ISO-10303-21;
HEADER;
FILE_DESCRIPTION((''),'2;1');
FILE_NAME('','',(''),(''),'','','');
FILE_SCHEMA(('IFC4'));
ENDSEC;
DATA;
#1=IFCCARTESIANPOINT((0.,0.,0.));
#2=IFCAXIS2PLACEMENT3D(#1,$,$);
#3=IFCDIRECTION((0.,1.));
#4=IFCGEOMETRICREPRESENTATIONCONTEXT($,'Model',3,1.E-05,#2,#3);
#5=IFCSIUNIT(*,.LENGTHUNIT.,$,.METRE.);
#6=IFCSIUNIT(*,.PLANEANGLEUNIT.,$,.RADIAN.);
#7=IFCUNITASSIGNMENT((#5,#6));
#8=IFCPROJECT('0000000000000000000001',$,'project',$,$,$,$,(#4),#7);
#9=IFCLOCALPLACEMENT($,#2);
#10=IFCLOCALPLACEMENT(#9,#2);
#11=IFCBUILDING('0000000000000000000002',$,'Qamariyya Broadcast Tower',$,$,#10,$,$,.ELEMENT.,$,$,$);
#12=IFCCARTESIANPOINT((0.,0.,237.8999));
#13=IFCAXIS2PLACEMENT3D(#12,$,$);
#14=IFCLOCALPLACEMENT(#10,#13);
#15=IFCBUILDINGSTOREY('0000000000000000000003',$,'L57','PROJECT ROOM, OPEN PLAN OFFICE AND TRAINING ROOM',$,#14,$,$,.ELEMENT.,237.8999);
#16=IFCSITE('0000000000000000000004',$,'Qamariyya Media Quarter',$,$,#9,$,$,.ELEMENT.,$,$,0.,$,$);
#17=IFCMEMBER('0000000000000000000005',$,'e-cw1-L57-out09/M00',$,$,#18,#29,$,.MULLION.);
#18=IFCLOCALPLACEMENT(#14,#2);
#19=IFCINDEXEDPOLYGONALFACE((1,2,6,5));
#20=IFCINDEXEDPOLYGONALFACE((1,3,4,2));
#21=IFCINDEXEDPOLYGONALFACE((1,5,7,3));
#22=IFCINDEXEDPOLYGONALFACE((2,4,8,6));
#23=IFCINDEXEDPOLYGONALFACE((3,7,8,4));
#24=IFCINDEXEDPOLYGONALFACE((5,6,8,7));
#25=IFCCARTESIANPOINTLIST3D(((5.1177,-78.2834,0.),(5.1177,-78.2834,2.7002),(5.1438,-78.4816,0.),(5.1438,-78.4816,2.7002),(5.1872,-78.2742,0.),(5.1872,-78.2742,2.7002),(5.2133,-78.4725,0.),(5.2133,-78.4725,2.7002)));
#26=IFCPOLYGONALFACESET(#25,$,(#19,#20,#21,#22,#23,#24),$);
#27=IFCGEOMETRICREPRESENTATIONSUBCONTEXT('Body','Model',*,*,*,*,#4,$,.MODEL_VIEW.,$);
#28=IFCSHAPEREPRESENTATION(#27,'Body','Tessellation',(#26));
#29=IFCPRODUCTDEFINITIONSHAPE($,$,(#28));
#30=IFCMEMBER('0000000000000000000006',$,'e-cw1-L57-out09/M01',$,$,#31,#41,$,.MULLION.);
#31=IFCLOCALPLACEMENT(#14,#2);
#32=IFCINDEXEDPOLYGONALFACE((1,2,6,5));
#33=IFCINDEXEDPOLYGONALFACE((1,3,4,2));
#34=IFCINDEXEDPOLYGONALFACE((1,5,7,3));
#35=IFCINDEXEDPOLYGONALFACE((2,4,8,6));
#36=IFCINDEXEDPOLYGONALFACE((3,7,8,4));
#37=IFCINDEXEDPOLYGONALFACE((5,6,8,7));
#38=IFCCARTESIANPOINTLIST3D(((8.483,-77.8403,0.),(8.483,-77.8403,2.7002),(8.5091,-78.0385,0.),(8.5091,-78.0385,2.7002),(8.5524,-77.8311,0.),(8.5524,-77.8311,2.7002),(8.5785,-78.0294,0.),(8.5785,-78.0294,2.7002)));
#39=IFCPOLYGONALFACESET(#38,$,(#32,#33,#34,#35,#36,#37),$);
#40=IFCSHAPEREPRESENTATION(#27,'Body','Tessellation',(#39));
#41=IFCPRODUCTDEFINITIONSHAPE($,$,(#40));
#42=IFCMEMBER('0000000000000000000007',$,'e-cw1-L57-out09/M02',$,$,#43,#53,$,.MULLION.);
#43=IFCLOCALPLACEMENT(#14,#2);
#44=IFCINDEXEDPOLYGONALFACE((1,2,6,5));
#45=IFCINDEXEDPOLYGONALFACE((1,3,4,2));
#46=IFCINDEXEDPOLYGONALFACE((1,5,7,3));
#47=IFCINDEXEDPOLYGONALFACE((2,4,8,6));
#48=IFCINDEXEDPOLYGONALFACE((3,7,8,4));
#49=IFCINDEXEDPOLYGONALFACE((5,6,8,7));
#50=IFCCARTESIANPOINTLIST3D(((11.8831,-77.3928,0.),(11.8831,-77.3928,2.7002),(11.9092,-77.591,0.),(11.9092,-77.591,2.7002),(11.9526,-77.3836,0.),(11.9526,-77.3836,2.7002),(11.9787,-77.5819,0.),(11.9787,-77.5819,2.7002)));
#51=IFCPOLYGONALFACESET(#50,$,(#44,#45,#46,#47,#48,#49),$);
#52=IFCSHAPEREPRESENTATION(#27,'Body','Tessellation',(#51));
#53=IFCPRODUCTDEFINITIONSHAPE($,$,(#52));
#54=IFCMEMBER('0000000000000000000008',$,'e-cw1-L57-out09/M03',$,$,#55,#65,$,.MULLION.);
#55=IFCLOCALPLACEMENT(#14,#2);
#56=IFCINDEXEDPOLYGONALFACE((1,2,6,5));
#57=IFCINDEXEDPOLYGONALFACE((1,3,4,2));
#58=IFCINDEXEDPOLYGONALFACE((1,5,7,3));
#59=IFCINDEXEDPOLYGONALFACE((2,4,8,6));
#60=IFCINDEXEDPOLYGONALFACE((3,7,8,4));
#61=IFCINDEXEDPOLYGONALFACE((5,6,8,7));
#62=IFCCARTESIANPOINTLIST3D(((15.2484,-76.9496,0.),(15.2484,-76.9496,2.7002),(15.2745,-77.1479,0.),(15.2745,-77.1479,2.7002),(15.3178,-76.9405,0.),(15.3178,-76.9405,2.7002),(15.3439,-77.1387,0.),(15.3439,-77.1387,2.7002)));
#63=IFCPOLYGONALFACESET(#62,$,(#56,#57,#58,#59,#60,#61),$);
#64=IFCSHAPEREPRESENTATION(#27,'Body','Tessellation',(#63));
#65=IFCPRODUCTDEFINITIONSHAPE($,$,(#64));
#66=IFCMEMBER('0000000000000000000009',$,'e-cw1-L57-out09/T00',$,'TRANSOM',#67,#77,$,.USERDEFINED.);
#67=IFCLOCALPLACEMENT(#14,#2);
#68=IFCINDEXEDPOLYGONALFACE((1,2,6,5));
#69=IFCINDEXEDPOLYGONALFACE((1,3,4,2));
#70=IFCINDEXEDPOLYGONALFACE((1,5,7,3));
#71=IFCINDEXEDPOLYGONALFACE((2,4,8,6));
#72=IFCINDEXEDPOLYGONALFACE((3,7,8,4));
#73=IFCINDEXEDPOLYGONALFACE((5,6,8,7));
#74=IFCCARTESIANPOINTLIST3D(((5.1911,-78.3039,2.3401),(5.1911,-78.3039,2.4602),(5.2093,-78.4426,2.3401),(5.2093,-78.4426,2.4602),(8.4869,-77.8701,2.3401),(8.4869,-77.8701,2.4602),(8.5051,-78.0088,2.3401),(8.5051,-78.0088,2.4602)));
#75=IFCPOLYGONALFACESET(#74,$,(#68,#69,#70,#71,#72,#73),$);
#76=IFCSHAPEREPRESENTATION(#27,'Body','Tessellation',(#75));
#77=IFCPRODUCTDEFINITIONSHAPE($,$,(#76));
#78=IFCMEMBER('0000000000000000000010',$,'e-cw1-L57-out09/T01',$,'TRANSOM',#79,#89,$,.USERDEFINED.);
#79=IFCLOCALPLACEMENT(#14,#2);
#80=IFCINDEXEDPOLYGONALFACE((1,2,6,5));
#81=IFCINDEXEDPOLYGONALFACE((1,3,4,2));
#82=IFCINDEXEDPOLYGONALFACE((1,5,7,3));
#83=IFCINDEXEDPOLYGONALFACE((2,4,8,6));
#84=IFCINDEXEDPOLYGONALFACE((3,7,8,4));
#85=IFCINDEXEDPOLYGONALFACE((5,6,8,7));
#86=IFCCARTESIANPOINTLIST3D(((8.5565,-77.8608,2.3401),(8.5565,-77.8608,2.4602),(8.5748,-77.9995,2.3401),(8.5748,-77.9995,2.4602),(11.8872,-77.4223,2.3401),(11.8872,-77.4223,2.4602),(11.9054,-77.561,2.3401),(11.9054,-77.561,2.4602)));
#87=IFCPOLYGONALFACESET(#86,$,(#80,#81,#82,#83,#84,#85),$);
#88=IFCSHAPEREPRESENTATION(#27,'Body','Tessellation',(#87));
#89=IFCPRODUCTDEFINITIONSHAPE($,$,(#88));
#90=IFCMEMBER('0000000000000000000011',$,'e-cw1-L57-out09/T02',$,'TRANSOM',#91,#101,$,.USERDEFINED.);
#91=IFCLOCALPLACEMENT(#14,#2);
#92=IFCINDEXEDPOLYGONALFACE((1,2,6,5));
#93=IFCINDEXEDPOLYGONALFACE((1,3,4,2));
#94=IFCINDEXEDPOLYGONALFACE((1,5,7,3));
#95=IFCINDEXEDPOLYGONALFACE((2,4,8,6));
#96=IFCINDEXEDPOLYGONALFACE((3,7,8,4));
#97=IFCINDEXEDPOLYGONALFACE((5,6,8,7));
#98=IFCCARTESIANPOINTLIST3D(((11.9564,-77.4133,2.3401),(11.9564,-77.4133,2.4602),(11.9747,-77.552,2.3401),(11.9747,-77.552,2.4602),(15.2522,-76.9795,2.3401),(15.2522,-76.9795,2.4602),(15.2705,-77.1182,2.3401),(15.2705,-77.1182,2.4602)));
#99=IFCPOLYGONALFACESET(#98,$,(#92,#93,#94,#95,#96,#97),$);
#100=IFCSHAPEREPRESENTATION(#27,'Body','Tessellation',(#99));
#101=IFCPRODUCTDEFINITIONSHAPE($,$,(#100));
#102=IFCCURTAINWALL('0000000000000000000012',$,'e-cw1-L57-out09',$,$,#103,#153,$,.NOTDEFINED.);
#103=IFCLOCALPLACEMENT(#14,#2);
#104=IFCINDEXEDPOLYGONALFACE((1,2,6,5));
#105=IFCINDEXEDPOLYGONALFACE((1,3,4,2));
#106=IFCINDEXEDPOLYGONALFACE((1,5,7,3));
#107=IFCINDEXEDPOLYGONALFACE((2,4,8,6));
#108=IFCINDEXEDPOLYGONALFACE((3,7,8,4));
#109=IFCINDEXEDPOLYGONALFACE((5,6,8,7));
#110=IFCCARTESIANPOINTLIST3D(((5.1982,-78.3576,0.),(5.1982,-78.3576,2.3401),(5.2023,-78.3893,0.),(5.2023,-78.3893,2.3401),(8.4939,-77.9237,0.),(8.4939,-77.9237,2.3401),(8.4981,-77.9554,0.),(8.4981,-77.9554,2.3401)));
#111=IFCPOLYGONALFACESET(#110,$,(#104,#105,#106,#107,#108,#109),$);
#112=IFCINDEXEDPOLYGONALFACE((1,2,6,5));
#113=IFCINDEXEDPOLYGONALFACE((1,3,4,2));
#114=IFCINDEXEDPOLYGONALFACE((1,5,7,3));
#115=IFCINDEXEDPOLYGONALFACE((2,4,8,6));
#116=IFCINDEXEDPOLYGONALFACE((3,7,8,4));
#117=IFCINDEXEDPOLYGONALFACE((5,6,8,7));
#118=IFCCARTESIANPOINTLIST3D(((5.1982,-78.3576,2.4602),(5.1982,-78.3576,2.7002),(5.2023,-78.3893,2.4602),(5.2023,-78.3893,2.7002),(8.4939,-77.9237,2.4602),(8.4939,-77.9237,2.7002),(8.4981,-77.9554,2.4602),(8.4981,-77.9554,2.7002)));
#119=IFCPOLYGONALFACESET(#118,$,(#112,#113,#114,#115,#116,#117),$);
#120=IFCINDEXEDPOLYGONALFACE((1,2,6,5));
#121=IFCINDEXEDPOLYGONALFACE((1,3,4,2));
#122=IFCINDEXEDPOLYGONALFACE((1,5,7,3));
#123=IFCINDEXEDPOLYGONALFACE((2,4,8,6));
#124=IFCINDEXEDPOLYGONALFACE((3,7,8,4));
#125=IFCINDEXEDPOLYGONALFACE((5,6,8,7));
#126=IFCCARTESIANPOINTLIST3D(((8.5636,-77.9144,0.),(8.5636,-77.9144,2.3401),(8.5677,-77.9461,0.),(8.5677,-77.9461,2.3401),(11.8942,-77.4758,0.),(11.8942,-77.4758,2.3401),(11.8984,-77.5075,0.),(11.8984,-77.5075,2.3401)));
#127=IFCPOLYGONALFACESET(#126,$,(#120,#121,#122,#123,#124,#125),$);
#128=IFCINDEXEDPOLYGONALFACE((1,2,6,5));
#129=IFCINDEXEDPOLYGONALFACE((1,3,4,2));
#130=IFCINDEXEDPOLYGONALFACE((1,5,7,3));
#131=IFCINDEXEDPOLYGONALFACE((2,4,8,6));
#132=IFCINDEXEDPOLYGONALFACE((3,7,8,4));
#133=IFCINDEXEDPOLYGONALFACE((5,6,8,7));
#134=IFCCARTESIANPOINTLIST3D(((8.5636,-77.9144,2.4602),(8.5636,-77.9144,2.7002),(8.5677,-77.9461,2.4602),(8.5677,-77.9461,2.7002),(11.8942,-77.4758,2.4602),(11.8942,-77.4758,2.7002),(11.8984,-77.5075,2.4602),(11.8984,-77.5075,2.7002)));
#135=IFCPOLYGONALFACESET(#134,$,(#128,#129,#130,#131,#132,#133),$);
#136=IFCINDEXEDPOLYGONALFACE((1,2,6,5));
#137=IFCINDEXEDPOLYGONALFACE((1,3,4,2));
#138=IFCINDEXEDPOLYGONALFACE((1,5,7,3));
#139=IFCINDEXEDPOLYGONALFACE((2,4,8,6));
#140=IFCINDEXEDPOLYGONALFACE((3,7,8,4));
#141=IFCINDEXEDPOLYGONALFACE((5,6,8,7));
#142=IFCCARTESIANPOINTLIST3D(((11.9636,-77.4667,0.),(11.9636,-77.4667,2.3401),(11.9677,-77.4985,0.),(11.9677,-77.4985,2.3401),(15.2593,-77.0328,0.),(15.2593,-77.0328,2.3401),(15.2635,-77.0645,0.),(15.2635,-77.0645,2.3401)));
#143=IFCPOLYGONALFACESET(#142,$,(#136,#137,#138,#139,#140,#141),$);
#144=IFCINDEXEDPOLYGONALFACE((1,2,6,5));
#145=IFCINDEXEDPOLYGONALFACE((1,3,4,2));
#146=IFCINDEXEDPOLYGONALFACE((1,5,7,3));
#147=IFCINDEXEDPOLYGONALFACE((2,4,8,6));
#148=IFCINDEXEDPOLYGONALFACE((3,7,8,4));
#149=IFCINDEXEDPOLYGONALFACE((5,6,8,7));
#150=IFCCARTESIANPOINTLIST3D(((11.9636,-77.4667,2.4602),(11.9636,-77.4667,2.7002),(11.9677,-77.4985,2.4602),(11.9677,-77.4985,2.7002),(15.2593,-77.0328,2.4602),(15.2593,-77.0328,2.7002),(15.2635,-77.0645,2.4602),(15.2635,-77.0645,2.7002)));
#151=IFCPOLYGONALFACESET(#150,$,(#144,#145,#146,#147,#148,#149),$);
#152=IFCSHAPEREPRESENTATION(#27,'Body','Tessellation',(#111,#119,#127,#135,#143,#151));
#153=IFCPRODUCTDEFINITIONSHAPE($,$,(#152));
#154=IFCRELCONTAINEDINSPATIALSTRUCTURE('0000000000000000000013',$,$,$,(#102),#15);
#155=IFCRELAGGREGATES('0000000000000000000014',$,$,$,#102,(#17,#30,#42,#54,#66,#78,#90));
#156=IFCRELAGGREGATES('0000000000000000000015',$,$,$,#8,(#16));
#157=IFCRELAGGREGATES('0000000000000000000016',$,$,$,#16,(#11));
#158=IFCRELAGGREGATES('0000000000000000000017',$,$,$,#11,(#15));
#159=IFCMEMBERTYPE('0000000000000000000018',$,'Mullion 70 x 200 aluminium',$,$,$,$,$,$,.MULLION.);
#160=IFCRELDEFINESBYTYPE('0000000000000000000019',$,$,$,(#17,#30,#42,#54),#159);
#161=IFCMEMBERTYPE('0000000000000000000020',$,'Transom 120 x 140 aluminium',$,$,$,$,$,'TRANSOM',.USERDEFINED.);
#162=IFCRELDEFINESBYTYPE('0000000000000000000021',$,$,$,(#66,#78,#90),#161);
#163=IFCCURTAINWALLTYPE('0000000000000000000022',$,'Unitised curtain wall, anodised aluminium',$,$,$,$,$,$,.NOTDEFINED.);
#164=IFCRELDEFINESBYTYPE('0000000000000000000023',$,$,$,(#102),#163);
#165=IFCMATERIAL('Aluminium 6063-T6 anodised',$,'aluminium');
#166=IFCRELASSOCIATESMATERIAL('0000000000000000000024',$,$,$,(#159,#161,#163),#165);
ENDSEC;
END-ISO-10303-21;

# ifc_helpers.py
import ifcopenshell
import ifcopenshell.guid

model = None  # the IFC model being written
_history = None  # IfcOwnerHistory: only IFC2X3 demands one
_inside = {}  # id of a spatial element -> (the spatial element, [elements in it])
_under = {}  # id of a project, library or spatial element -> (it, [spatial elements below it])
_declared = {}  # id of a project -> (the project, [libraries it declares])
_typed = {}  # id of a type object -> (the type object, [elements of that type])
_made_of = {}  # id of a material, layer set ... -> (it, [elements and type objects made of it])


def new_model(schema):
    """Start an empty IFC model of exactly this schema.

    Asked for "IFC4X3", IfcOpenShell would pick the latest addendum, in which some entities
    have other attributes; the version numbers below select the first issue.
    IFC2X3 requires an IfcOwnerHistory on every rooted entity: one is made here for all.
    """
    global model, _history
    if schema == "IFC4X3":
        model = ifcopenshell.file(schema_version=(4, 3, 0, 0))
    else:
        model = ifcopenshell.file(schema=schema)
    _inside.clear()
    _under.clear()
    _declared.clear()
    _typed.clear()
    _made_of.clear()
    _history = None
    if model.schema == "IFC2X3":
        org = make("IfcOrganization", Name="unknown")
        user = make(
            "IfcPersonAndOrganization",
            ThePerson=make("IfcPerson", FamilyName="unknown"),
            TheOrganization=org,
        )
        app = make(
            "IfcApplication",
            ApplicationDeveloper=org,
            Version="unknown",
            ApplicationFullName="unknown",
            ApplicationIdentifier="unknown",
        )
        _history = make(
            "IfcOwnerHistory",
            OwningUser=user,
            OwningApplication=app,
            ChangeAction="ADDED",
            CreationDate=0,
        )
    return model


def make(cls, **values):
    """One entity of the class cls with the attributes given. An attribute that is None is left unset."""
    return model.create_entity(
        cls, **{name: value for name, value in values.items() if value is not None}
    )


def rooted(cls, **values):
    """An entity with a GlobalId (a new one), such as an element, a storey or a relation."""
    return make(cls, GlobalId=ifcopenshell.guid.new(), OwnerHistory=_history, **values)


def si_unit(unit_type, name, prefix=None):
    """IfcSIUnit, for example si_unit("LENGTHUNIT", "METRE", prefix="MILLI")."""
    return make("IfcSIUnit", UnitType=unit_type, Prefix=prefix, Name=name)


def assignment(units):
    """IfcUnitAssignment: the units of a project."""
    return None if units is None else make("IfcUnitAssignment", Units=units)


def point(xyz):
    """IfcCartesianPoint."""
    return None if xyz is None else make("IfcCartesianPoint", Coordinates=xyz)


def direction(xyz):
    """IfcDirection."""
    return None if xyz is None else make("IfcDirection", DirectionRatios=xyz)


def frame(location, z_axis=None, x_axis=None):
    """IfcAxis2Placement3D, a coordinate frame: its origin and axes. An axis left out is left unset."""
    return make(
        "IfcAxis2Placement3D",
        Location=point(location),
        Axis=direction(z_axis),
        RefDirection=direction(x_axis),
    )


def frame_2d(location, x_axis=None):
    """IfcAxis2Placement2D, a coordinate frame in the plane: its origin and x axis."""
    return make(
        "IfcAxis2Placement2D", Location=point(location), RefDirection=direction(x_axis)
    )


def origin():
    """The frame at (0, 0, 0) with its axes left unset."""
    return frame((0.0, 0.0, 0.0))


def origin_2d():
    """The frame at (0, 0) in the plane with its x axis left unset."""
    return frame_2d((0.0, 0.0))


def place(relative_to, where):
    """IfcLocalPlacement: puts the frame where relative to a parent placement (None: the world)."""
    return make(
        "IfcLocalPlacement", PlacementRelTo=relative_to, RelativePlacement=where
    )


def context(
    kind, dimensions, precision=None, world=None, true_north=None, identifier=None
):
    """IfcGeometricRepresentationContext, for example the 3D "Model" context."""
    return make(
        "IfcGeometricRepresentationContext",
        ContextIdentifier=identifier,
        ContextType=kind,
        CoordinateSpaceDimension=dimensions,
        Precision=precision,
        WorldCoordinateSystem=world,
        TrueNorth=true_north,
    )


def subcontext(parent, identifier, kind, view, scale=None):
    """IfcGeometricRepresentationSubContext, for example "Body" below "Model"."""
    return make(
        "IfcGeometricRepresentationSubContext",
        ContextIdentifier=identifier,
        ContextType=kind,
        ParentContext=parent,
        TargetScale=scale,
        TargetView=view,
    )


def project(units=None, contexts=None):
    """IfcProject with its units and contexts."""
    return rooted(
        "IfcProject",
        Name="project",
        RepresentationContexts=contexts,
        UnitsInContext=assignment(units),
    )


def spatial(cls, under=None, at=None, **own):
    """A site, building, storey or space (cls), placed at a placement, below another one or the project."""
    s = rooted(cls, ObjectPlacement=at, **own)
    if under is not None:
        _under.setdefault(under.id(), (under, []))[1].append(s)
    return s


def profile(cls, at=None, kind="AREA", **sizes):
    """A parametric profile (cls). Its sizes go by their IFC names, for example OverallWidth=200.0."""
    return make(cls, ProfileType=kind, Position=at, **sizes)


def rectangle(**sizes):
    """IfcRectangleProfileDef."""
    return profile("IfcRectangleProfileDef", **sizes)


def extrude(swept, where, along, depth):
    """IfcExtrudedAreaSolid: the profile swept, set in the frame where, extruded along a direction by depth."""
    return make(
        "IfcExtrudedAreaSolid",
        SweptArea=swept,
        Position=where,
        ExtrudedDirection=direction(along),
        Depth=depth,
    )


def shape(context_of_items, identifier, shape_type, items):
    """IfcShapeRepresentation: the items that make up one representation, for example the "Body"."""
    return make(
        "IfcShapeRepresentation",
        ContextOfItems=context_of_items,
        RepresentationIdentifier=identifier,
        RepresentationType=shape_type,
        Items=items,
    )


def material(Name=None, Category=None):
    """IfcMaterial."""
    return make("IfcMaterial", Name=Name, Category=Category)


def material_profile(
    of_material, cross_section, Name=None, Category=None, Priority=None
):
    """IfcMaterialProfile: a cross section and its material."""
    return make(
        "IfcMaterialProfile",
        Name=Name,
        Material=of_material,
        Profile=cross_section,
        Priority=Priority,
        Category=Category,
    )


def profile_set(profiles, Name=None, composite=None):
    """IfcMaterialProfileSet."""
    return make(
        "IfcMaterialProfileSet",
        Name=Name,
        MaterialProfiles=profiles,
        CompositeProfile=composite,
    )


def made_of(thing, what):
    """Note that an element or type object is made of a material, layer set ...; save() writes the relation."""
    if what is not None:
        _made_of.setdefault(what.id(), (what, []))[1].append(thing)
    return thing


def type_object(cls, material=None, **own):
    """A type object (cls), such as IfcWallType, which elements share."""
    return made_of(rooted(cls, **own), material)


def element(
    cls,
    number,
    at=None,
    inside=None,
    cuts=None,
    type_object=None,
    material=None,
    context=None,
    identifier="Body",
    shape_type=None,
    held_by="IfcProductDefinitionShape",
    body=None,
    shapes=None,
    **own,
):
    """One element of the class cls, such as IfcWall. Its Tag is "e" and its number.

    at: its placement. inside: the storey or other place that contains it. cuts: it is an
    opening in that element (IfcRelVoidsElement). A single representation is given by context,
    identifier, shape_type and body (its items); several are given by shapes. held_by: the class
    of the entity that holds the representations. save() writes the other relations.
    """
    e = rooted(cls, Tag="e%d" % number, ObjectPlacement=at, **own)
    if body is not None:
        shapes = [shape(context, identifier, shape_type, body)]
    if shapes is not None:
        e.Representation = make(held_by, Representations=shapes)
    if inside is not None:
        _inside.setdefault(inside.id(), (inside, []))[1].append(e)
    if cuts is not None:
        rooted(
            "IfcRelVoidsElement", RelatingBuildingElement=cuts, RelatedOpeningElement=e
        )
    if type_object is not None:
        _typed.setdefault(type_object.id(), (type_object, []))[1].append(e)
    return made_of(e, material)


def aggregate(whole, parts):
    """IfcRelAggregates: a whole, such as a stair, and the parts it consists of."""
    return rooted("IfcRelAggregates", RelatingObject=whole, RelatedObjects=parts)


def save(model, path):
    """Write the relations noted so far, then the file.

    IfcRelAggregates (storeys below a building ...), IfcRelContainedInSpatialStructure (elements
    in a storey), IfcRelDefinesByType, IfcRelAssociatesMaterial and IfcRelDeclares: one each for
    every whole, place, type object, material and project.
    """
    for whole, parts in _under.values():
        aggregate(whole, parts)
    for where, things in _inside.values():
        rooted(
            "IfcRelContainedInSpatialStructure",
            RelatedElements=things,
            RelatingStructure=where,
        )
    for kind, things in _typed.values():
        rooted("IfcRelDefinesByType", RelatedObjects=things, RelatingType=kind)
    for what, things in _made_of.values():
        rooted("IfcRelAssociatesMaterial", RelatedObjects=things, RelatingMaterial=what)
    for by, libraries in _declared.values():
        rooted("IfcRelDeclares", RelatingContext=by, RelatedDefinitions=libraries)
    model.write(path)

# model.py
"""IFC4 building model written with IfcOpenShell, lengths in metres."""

from ifc_helpers import new_model, si_unit, direction, frame, origin, origin_2d, place, context, subcontext, project, spatial, rectangle, extrude, material, material_profile, profile_set, type_object, element, aggregate, save


model = new_model("IFC4")

# Units and contexts
model_context = context("Model", 3, precision=1e-05, world=origin(), true_north=direction((0.0, 1.0)))
body_context = subcontext(model_context, "Body", "Model", "MODEL_VIEW")
ifc_project = project(units=[si_unit("LENGTHUNIT", "METRE"), si_unit("PLANEANGLEUNIT", "RADIAN")], contexts=[model_context])

# Members
ifc_material = material(Name="Aluminium 6063-T6 anodised", Category="aluminium")
ifc_material_profile_1 = material_profile(ifc_material, rectangle(XDim=0.2, YDim=0.0701, at=origin_2d()))
ifc_profile_set_1 = profile_set([ifc_material_profile_1], Name="Aluminium 6063-T6 anodised")
member_type_1 = type_object("IfcMemberType", Name="Mullion 70 x 200 aluminium", PredefinedType="MULLION", material=ifc_profile_set_1)
site_placement = place(None, origin())
building_placement = place(site_placement, origin())
storey_placement = place(building_placement, frame((0.0, 0.0, 237.8999)))
member_1_placement = place(storey_placement, frame((5.1655, -78.3779, 0.0), z_axis=(0.0, 0.0, 1.0), x_axis=(-0.130526, 0.991445, 0.0)))
member_1 = element("IfcMember", 1, at=member_1_placement, type_object=member_type_1, Name="e-cw1-L57-out09/M00", PredefinedType="MULLION", context=body_context, shape_type="SweptSolid", body=[
    extrude(rectangle(XDim=0.2, YDim=0.0701, at=origin_2d()), origin(), (0.0, 0.0, 1.0), 2.7002),
])
member_2_placement = place(storey_placement, frame((8.5308, -77.9348, 0.0), z_axis=(0.0, 0.0, 1.0), x_axis=(-0.130526, 0.991445, 0.0)))
member_2 = element("IfcMember", 2, at=member_2_placement, type_object=member_type_1, Name="e-cw1-L57-out09/M01", PredefinedType="MULLION", context=body_context, shape_type="SweptSolid", body=[
    extrude(rectangle(XDim=0.2, YDim=0.0701, at=origin_2d()), origin(), (0.0, 0.0, 1.0), 2.7002),
])
member_3_placement = place(storey_placement, frame((11.9309, -77.4873, 0.0), z_axis=(0.0, 0.0, 1.0), x_axis=(-0.130526, 0.991445, 0.0)))
member_3 = element("IfcMember", 3, at=member_3_placement, type_object=member_type_1, Name="e-cw1-L57-out09/M02", PredefinedType="MULLION", context=body_context, shape_type="SweptSolid", body=[
    extrude(rectangle(XDim=0.2, YDim=0.0701, at=origin_2d()), origin(), (0.0, 0.0, 1.0), 2.7002),
])
member_4_placement = place(storey_placement, frame((15.2961, -77.0442, 0.0), z_axis=(0.0, 0.0, 1.0), x_axis=(-0.130526, 0.991445, 0.0)))
member_4 = element("IfcMember", 4, at=member_4_placement, type_object=member_type_1, Name="e-cw1-L57-out09/M03", PredefinedType="MULLION", context=body_context, shape_type="SweptSolid", body=[
    extrude(rectangle(XDim=0.2, YDim=0.0701, at=origin_2d()), origin(), (0.0, 0.0, 1.0), 2.7002),
])
ifc_material_profile_2 = material_profile(ifc_material, rectangle(XDim=0.1399, YDim=0.1201, at=origin_2d()))
ifc_profile_set_2 = profile_set([ifc_material_profile_2], Name="Aluminium 6063-T6 anodised")
member_type_2 = type_object("IfcMemberType", Name="Transom 120 x 140 aluminium", ElementType="TRANSOM", PredefinedType="USERDEFINED", material=ifc_profile_set_2)
member_5_placement = place(storey_placement, frame((5.2002, -78.3733, 2.4001), z_axis=(0.991448, 0.130504, 0.0), x_axis=(-0.130504, 0.991448, 0.0)))
member_5 = element("IfcMember", 5, at=member_5_placement, type_object=member_type_2, Name="e-cw1-L57-out09/T00", ObjectType="TRANSOM", PredefinedType="USERDEFINED", context=body_context, shape_type="SweptSolid", body=[
    extrude(rectangle(XDim=0.1399, YDim=0.1201, at=origin_2d()), origin(), (0.0, 0.0, 1.0), 3.3242),
])
member_6_placement = place(storey_placement, frame((8.5657, -77.9302, 2.4001), z_axis=(0.991445, 0.130526, 0.0), x_axis=(-0.130526, 0.991445, 0.0)))
member_6 = element("IfcMember", 6, at=member_6_placement, type_object=member_type_2, Name="e-cw1-L57-out09/T01", ObjectType="TRANSOM", PredefinedType="USERDEFINED", context=body_context, shape_type="SweptSolid", body=[
    extrude(rectangle(XDim=0.1399, YDim=0.1201, at=origin_2d()), origin(), (0.0, 0.0, 1.0), 3.3594),
])
member_7_placement = place(storey_placement, frame((11.9656, -77.4827, 2.4001), z_axis=(0.991448, 0.130504, 0.0), x_axis=(-0.130504, 0.991448, 0.0)))
member_7 = element("IfcMember", 7, at=member_7_placement, type_object=member_type_2, Name="e-cw1-L57-out09/T02", ObjectType="TRANSOM", PredefinedType="USERDEFINED", context=body_context, shape_type="SweptSolid", body=[
    extrude(rectangle(XDim=0.1399, YDim=0.1201, at=origin_2d()), origin(), (0.0, 0.0, 1.0), 3.3242),
])

# Site, building, storey
site = spatial("IfcSite", under=ifc_project, at=site_placement, Name="Qamariyya Media Quarter", CompositionType="ELEMENT", RefElevation=0.0)
building = spatial("IfcBuilding", under=site, at=building_placement, Name="Qamariyya Broadcast Tower", CompositionType="ELEMENT")
storey = spatial("IfcBuildingStorey", under=building, at=storey_placement, Name="L57", Description="PROJECT ROOM, OPEN PLAN OFFICE AND TRAINING ROOM", CompositionType="ELEMENT", Elevation=237.8999)

# Curtain wall
curtain_wall_type = type_object("IfcCurtainWallType", Name="Unitised curtain wall, anodised aluminium", PredefinedType="NOTDEFINED", material=ifc_material)
curtain_wall_1_placement = place(storey_placement, origin())
curtain_wall_1 = element("IfcCurtainWall", 8, at=curtain_wall_1_placement, inside=storey, type_object=curtain_wall_type, Name="e-cw1-L57-out09", PredefinedType="NOTDEFINED", context=body_context, shape_type="SweptSolid", body=[
    extrude(rectangle(XDim=3.3242, YDim=0.032, at=origin_2d()), frame((6.8481, -78.1565, 0.0), x_axis=(0.991443, 0.130542, 0.0)), (0.0, 0.0, 1.0), 2.3401),
    extrude(rectangle(XDim=3.3242, YDim=0.032, at=origin_2d()), frame((6.8481, -78.1565, 2.4602), x_axis=(0.991443, 0.130542, 0.0)), (0.0, 0.0, 1.0), 0.24),
    extrude(rectangle(XDim=3.3594, YDim=0.032, at=origin_2d()), frame((10.231, -77.7109, 0.0), x_axis=(0.991443, 0.130542, 0.0)), (0.0, 0.0, 1.0), 2.3401),
    extrude(rectangle(XDim=3.3594, YDim=0.032, at=origin_2d()), frame((10.231, -77.7109, 2.4602), x_axis=(0.991443, 0.130542, 0.0)), (0.0, 0.0, 1.0), 0.24),
    extrude(rectangle(XDim=3.3242, YDim=0.032, at=origin_2d()), frame((13.6135, -77.2656, 0.0), x_axis=(0.991443, 0.130542, 0.0)), (0.0, 0.0, 1.0), 2.3401),
    extrude(rectangle(XDim=3.3242, YDim=0.032, at=origin_2d()), frame((13.6135, -77.2656, 2.4602), x_axis=(0.991443, 0.130542, 0.0)), (0.0, 0.0, 1.0), 0.24),
])
aggregate(curtain_wall_1, [member_1, member_2, member_3, member_4, member_5, member_6, member_7])

save(model, "model.ifc")
